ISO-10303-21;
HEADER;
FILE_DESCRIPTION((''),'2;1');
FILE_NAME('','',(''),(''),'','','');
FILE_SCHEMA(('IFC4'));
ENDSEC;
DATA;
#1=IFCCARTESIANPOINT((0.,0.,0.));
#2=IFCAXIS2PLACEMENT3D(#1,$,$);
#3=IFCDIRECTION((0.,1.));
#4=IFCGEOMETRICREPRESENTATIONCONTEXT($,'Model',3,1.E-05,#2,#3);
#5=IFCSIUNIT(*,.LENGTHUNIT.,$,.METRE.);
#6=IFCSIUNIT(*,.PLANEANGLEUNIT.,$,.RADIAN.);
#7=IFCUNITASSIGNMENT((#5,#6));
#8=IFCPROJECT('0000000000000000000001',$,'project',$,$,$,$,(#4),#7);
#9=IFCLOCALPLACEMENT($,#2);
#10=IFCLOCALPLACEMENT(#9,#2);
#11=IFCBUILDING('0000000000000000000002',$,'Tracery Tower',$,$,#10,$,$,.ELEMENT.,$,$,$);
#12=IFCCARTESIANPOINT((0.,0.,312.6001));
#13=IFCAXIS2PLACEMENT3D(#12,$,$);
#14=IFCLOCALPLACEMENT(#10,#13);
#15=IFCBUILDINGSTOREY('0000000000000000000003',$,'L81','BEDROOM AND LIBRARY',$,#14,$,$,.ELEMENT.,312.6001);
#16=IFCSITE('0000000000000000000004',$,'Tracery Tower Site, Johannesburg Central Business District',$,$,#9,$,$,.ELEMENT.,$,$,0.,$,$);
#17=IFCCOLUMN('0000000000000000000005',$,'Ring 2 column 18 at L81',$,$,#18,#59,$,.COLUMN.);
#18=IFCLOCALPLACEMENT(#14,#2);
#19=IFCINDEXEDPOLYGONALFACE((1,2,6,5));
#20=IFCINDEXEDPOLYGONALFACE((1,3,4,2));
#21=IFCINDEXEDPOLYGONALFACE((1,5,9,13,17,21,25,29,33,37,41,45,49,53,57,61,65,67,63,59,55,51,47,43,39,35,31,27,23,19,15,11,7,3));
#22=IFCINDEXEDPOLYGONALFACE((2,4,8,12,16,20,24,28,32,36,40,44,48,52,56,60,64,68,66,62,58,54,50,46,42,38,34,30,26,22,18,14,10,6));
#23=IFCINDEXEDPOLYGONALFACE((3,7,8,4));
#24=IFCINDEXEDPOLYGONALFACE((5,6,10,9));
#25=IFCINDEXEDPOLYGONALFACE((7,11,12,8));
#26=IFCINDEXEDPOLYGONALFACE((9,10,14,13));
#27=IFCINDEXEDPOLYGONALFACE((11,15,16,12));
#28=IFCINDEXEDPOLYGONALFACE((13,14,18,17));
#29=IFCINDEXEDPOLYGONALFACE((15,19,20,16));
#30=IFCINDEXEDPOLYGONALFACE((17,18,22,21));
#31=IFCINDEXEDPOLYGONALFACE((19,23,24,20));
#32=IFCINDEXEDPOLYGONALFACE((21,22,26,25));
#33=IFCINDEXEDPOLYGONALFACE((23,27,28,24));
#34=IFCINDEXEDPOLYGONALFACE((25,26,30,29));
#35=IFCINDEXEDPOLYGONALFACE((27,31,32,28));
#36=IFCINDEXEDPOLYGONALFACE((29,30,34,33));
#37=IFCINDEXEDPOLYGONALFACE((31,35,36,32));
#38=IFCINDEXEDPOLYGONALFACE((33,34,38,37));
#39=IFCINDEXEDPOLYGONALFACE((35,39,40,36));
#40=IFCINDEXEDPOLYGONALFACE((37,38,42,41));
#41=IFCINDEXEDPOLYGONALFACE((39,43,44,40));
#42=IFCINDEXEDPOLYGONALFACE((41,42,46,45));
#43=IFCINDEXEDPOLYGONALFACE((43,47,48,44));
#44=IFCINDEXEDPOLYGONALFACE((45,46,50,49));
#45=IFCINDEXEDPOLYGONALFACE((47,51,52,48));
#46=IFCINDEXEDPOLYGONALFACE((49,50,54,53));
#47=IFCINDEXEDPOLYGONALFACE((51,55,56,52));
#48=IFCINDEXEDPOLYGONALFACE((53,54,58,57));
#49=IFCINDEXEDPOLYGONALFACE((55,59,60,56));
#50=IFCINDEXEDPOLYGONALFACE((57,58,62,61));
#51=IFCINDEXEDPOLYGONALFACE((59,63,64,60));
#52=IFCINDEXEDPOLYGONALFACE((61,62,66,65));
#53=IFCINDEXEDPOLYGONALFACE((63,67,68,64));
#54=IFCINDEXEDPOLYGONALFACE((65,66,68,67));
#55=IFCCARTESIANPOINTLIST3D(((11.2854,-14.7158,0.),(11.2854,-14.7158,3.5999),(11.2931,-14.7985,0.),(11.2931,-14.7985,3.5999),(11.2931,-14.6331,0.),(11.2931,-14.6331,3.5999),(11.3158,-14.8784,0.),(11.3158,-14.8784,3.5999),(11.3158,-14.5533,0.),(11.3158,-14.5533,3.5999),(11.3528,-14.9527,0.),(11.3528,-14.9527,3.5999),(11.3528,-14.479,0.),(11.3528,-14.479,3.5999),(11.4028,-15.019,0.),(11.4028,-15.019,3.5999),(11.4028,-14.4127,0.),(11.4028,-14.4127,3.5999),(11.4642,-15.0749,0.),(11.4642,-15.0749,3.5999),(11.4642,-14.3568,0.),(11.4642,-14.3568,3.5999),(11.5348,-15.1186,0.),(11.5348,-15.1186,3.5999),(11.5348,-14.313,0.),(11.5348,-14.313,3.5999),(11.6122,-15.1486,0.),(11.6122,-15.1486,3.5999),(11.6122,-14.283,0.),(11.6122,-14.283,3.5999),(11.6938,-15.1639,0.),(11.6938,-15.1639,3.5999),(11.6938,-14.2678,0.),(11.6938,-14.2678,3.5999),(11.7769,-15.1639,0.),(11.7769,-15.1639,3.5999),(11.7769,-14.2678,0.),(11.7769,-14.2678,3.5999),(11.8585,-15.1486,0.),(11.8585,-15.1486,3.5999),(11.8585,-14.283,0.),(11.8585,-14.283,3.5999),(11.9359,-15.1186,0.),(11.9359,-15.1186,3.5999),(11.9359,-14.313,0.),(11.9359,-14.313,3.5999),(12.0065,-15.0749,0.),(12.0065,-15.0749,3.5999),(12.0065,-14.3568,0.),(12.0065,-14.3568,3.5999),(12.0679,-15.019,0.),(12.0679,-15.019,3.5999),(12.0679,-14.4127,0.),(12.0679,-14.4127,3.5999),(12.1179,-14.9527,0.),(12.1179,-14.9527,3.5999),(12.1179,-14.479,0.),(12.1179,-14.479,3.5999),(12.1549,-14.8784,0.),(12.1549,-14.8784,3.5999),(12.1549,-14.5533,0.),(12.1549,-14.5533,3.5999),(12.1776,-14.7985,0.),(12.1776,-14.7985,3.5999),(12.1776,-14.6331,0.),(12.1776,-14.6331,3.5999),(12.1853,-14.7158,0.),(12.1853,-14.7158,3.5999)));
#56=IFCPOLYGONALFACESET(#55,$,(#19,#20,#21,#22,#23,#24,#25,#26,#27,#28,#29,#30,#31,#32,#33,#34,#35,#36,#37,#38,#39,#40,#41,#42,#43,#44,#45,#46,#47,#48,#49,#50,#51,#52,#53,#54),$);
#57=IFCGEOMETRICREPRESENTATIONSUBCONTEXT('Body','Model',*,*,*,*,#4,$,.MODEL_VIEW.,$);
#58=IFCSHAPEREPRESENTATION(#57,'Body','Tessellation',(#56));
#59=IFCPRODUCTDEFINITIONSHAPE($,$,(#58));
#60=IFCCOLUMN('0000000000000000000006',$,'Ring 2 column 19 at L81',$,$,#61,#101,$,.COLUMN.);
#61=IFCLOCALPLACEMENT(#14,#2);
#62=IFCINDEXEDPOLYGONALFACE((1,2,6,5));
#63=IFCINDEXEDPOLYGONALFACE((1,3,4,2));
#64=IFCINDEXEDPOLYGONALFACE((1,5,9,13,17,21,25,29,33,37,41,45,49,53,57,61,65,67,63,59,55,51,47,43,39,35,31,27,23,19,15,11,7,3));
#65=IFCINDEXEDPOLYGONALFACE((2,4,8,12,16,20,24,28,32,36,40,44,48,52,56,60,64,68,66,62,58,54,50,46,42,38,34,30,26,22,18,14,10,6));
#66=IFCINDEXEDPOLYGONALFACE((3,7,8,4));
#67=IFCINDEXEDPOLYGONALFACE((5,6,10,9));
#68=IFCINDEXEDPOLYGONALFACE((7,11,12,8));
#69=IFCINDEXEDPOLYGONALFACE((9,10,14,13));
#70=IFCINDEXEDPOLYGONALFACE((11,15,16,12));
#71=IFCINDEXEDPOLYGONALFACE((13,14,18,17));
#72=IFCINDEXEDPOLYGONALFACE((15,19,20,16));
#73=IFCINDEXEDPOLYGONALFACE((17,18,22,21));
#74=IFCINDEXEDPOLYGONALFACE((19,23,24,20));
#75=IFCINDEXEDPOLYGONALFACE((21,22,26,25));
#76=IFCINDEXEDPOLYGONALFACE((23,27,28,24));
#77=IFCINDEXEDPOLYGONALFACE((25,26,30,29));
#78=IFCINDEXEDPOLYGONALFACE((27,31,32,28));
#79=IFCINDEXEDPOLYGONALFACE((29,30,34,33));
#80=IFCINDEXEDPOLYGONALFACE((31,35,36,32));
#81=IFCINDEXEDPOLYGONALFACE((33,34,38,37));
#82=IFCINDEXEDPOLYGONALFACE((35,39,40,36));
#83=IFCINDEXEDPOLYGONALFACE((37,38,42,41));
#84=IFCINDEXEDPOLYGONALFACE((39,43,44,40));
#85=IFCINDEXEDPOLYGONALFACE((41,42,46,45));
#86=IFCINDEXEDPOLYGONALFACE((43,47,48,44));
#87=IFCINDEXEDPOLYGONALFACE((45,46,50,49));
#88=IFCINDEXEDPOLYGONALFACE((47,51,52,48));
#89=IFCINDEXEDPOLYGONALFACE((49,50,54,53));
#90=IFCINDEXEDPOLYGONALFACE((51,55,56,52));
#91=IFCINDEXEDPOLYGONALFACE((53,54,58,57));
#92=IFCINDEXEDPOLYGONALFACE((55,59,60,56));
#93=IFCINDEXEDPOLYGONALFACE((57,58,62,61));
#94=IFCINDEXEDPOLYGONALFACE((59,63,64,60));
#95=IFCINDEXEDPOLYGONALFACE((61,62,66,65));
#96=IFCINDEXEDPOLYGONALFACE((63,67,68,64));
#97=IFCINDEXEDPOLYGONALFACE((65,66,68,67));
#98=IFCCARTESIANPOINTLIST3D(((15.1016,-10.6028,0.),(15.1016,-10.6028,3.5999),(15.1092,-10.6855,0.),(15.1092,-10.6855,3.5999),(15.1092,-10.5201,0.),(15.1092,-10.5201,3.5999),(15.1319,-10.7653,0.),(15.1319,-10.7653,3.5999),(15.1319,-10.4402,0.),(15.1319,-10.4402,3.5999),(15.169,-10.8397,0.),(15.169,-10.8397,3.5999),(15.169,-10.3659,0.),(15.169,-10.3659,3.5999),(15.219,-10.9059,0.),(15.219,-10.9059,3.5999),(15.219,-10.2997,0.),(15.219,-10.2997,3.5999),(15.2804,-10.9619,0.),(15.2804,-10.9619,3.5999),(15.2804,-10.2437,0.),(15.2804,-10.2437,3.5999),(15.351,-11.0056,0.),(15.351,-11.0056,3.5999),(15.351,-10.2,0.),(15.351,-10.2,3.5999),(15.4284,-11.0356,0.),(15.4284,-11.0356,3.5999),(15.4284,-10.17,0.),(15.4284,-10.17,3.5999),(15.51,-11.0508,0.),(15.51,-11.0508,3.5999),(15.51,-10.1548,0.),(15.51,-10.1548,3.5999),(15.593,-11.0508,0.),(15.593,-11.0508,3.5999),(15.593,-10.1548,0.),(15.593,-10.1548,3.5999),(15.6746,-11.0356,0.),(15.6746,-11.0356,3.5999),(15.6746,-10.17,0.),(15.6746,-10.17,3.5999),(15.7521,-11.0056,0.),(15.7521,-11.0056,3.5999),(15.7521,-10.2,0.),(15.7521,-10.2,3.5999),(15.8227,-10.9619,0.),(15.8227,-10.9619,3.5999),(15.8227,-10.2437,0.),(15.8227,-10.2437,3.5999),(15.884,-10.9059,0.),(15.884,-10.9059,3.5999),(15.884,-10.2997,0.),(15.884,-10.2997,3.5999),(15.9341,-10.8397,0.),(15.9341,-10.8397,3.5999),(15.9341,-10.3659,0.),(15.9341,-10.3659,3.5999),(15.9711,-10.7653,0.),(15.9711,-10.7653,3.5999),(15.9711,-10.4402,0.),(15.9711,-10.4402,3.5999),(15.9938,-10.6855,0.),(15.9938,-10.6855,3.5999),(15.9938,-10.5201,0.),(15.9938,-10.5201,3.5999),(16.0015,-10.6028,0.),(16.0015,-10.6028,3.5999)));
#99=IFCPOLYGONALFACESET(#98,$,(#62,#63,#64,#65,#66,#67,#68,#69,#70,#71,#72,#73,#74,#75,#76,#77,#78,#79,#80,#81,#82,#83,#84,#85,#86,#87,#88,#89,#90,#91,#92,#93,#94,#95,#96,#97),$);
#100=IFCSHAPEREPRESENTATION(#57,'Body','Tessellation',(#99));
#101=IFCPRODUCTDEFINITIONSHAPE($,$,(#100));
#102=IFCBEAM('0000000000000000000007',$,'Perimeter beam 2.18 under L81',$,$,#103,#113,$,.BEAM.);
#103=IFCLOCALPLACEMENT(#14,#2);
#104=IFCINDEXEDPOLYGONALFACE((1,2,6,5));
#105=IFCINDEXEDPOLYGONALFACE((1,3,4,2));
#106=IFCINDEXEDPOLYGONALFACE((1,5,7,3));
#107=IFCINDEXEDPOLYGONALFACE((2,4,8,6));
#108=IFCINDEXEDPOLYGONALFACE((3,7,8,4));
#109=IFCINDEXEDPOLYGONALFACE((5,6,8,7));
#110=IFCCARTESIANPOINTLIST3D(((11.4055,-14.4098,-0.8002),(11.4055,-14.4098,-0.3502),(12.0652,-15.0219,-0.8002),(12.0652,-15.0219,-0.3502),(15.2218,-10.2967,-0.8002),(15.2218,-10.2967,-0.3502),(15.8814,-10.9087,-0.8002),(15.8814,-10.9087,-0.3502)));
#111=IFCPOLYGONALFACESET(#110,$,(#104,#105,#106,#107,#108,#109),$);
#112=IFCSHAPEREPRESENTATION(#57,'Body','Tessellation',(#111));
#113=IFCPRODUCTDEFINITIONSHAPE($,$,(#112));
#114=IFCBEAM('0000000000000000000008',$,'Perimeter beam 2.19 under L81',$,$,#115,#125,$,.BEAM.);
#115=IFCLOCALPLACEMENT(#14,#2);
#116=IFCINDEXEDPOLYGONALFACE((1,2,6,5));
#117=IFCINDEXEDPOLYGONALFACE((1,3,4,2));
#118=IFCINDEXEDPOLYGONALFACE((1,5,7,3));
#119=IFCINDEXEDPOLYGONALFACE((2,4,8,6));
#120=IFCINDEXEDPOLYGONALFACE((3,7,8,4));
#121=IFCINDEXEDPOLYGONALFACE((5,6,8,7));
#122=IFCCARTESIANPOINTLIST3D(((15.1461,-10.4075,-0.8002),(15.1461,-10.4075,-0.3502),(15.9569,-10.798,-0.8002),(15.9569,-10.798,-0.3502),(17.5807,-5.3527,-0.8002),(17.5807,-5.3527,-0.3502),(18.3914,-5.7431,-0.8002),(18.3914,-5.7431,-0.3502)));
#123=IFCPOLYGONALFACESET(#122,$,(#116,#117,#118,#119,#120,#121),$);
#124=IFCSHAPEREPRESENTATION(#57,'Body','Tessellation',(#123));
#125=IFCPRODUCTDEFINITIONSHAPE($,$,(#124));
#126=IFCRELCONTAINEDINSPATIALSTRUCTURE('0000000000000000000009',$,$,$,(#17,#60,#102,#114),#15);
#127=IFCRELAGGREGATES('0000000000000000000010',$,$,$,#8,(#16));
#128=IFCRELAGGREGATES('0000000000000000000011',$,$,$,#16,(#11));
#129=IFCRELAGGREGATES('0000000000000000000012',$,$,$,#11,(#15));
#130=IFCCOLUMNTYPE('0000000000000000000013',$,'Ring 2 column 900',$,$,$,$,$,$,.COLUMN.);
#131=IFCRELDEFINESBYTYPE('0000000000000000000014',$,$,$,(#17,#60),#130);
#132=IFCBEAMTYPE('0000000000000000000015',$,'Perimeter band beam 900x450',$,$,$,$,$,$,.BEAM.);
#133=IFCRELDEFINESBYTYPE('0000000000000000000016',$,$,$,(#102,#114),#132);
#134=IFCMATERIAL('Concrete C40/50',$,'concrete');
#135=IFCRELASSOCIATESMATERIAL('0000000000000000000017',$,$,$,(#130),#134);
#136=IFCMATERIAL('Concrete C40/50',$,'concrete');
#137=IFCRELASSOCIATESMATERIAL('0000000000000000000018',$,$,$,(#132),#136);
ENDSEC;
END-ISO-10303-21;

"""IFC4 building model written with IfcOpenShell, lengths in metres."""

from ifc_helpers import new_model, si_unit, direction, frame, origin, origin_2d, place, context, subcontext, project, spatial, rectangle, circle, extrude, material, material_profile, profile_set, type_object, element, save


model = new_model("IFC4")

# Units and contexts
model_context = context("Model", 3, precision=1e-05, world=origin(), true_north=direction((0.0, 1.0)))
body_context = subcontext(model_context, "Body", "Model", "MODEL_VIEW")
ifc_project = project(units=[si_unit("LENGTHUNIT", "METRE"), si_unit("PLANEANGLEUNIT", "RADIAN")], contexts=[model_context])

# Site, building, storey
site_placement = place(None, origin())
site = spatial("IfcSite", under=ifc_project, at=site_placement, Name="Tracery Tower Site, Johannesburg Central Business District", CompositionType="ELEMENT", RefElevation=0.0)
building_placement = place(site_placement, origin())
building = spatial("IfcBuilding", under=site, at=building_placement, Name="Tracery Tower", CompositionType="ELEMENT")
storey_placement = place(building_placement, frame((0.0, 0.0, 312.6001)))
storey = spatial("IfcBuildingStorey", under=building, at=storey_placement, Name="L81", Description="BEDROOM AND LIBRARY", CompositionType="ELEMENT", Elevation=312.6001)

# Columns
ifc_material_1 = material(Name="Concrete C40/50", Category="concrete")
ifc_material_profile_1 = material_profile(ifc_material_1, circle(Radius=0.45, at=origin_2d()), Name="RC D900")
ifc_profile_set_1 = profile_set([ifc_material_profile_1], Name="Concrete C40/50")
column_type = type_object("IfcColumnType", Name="Ring 2 column 900", PredefinedType="COLUMN", material=ifc_profile_set_1)
for number, where, z_axis, x_axis, name in (
    (1, (11.7354, -14.7158, 0.0), (0.0, 0.0, 1.0), (1.0, 0.0, 0.0), "Ring 2 column 18 at L81"),
    (2, (15.5515, -10.6028, 0.0), (0.0, 0.0, 1.0), (1.0, 0.0, 0.0), "Ring 2 column 19 at L81"),
):
    element("IfcColumn", number, at=place(storey_placement, frame(where, z_axis=z_axis, x_axis=x_axis)), inside=storey, type_object=column_type, Name=name, PredefinedType="COLUMN", context=body_context, shape_type="SweptSolid", body=[
        extrude(circle(Radius=0.45, at=origin_2d()), origin(), (0.0, 0.0, 1.0), 3.5999),
    ])

# Beams
ifc_material_2 = material(Name="Concrete C40/50", Category="concrete")
ifc_material_profile_2 = material_profile(ifc_material_2, rectangle(XDim=0.8999, YDim=0.45, at=origin_2d()), Name="RC 900x450")
ifc_profile_set_2 = profile_set([ifc_material_profile_2], Name="Concrete C40/50")
beam_type = type_object("IfcBeamType", Name="Perimeter band beam 900x450", PredefinedType="BEAM", material=ifc_profile_set_2)
beam_1_placement = place(storey_placement, frame((11.7354, -14.7158, -0.5752), z_axis=(0.680156, 0.733068, 0.0), x_axis=(-0.733068, 0.680156, 0.0)))
element("IfcBeam", 3, at=beam_1_placement, inside=storey, type_object=beam_type, Name="Perimeter beam 2.18 under L81", PredefinedType="BEAM", context=body_context, shape_type="SweptSolid", body=[
    extrude(rectangle(XDim=0.8999, YDim=0.45, at=origin_2d()), origin(), (0.0, 0.0, 1.0), 5.6108),
])
beam_2_placement = place(storey_placement, frame((15.5515, -10.6028, -0.5752), z_axis=(0.433919, 0.900952, 0.0), x_axis=(-0.900952, 0.433919, 0.0)))
element("IfcBeam", 4, at=beam_2_placement, inside=storey, type_object=beam_type, Name="Perimeter beam 2.19 under L81", PredefinedType="BEAM", context=body_context, shape_type="SweptSolid", body=[
    extrude(rectangle(XDim=0.8999, YDim=0.45, at=origin_2d()), origin(), (0.0, 0.0, 1.0), 5.6106),
])

save(model, "model.ifc")
